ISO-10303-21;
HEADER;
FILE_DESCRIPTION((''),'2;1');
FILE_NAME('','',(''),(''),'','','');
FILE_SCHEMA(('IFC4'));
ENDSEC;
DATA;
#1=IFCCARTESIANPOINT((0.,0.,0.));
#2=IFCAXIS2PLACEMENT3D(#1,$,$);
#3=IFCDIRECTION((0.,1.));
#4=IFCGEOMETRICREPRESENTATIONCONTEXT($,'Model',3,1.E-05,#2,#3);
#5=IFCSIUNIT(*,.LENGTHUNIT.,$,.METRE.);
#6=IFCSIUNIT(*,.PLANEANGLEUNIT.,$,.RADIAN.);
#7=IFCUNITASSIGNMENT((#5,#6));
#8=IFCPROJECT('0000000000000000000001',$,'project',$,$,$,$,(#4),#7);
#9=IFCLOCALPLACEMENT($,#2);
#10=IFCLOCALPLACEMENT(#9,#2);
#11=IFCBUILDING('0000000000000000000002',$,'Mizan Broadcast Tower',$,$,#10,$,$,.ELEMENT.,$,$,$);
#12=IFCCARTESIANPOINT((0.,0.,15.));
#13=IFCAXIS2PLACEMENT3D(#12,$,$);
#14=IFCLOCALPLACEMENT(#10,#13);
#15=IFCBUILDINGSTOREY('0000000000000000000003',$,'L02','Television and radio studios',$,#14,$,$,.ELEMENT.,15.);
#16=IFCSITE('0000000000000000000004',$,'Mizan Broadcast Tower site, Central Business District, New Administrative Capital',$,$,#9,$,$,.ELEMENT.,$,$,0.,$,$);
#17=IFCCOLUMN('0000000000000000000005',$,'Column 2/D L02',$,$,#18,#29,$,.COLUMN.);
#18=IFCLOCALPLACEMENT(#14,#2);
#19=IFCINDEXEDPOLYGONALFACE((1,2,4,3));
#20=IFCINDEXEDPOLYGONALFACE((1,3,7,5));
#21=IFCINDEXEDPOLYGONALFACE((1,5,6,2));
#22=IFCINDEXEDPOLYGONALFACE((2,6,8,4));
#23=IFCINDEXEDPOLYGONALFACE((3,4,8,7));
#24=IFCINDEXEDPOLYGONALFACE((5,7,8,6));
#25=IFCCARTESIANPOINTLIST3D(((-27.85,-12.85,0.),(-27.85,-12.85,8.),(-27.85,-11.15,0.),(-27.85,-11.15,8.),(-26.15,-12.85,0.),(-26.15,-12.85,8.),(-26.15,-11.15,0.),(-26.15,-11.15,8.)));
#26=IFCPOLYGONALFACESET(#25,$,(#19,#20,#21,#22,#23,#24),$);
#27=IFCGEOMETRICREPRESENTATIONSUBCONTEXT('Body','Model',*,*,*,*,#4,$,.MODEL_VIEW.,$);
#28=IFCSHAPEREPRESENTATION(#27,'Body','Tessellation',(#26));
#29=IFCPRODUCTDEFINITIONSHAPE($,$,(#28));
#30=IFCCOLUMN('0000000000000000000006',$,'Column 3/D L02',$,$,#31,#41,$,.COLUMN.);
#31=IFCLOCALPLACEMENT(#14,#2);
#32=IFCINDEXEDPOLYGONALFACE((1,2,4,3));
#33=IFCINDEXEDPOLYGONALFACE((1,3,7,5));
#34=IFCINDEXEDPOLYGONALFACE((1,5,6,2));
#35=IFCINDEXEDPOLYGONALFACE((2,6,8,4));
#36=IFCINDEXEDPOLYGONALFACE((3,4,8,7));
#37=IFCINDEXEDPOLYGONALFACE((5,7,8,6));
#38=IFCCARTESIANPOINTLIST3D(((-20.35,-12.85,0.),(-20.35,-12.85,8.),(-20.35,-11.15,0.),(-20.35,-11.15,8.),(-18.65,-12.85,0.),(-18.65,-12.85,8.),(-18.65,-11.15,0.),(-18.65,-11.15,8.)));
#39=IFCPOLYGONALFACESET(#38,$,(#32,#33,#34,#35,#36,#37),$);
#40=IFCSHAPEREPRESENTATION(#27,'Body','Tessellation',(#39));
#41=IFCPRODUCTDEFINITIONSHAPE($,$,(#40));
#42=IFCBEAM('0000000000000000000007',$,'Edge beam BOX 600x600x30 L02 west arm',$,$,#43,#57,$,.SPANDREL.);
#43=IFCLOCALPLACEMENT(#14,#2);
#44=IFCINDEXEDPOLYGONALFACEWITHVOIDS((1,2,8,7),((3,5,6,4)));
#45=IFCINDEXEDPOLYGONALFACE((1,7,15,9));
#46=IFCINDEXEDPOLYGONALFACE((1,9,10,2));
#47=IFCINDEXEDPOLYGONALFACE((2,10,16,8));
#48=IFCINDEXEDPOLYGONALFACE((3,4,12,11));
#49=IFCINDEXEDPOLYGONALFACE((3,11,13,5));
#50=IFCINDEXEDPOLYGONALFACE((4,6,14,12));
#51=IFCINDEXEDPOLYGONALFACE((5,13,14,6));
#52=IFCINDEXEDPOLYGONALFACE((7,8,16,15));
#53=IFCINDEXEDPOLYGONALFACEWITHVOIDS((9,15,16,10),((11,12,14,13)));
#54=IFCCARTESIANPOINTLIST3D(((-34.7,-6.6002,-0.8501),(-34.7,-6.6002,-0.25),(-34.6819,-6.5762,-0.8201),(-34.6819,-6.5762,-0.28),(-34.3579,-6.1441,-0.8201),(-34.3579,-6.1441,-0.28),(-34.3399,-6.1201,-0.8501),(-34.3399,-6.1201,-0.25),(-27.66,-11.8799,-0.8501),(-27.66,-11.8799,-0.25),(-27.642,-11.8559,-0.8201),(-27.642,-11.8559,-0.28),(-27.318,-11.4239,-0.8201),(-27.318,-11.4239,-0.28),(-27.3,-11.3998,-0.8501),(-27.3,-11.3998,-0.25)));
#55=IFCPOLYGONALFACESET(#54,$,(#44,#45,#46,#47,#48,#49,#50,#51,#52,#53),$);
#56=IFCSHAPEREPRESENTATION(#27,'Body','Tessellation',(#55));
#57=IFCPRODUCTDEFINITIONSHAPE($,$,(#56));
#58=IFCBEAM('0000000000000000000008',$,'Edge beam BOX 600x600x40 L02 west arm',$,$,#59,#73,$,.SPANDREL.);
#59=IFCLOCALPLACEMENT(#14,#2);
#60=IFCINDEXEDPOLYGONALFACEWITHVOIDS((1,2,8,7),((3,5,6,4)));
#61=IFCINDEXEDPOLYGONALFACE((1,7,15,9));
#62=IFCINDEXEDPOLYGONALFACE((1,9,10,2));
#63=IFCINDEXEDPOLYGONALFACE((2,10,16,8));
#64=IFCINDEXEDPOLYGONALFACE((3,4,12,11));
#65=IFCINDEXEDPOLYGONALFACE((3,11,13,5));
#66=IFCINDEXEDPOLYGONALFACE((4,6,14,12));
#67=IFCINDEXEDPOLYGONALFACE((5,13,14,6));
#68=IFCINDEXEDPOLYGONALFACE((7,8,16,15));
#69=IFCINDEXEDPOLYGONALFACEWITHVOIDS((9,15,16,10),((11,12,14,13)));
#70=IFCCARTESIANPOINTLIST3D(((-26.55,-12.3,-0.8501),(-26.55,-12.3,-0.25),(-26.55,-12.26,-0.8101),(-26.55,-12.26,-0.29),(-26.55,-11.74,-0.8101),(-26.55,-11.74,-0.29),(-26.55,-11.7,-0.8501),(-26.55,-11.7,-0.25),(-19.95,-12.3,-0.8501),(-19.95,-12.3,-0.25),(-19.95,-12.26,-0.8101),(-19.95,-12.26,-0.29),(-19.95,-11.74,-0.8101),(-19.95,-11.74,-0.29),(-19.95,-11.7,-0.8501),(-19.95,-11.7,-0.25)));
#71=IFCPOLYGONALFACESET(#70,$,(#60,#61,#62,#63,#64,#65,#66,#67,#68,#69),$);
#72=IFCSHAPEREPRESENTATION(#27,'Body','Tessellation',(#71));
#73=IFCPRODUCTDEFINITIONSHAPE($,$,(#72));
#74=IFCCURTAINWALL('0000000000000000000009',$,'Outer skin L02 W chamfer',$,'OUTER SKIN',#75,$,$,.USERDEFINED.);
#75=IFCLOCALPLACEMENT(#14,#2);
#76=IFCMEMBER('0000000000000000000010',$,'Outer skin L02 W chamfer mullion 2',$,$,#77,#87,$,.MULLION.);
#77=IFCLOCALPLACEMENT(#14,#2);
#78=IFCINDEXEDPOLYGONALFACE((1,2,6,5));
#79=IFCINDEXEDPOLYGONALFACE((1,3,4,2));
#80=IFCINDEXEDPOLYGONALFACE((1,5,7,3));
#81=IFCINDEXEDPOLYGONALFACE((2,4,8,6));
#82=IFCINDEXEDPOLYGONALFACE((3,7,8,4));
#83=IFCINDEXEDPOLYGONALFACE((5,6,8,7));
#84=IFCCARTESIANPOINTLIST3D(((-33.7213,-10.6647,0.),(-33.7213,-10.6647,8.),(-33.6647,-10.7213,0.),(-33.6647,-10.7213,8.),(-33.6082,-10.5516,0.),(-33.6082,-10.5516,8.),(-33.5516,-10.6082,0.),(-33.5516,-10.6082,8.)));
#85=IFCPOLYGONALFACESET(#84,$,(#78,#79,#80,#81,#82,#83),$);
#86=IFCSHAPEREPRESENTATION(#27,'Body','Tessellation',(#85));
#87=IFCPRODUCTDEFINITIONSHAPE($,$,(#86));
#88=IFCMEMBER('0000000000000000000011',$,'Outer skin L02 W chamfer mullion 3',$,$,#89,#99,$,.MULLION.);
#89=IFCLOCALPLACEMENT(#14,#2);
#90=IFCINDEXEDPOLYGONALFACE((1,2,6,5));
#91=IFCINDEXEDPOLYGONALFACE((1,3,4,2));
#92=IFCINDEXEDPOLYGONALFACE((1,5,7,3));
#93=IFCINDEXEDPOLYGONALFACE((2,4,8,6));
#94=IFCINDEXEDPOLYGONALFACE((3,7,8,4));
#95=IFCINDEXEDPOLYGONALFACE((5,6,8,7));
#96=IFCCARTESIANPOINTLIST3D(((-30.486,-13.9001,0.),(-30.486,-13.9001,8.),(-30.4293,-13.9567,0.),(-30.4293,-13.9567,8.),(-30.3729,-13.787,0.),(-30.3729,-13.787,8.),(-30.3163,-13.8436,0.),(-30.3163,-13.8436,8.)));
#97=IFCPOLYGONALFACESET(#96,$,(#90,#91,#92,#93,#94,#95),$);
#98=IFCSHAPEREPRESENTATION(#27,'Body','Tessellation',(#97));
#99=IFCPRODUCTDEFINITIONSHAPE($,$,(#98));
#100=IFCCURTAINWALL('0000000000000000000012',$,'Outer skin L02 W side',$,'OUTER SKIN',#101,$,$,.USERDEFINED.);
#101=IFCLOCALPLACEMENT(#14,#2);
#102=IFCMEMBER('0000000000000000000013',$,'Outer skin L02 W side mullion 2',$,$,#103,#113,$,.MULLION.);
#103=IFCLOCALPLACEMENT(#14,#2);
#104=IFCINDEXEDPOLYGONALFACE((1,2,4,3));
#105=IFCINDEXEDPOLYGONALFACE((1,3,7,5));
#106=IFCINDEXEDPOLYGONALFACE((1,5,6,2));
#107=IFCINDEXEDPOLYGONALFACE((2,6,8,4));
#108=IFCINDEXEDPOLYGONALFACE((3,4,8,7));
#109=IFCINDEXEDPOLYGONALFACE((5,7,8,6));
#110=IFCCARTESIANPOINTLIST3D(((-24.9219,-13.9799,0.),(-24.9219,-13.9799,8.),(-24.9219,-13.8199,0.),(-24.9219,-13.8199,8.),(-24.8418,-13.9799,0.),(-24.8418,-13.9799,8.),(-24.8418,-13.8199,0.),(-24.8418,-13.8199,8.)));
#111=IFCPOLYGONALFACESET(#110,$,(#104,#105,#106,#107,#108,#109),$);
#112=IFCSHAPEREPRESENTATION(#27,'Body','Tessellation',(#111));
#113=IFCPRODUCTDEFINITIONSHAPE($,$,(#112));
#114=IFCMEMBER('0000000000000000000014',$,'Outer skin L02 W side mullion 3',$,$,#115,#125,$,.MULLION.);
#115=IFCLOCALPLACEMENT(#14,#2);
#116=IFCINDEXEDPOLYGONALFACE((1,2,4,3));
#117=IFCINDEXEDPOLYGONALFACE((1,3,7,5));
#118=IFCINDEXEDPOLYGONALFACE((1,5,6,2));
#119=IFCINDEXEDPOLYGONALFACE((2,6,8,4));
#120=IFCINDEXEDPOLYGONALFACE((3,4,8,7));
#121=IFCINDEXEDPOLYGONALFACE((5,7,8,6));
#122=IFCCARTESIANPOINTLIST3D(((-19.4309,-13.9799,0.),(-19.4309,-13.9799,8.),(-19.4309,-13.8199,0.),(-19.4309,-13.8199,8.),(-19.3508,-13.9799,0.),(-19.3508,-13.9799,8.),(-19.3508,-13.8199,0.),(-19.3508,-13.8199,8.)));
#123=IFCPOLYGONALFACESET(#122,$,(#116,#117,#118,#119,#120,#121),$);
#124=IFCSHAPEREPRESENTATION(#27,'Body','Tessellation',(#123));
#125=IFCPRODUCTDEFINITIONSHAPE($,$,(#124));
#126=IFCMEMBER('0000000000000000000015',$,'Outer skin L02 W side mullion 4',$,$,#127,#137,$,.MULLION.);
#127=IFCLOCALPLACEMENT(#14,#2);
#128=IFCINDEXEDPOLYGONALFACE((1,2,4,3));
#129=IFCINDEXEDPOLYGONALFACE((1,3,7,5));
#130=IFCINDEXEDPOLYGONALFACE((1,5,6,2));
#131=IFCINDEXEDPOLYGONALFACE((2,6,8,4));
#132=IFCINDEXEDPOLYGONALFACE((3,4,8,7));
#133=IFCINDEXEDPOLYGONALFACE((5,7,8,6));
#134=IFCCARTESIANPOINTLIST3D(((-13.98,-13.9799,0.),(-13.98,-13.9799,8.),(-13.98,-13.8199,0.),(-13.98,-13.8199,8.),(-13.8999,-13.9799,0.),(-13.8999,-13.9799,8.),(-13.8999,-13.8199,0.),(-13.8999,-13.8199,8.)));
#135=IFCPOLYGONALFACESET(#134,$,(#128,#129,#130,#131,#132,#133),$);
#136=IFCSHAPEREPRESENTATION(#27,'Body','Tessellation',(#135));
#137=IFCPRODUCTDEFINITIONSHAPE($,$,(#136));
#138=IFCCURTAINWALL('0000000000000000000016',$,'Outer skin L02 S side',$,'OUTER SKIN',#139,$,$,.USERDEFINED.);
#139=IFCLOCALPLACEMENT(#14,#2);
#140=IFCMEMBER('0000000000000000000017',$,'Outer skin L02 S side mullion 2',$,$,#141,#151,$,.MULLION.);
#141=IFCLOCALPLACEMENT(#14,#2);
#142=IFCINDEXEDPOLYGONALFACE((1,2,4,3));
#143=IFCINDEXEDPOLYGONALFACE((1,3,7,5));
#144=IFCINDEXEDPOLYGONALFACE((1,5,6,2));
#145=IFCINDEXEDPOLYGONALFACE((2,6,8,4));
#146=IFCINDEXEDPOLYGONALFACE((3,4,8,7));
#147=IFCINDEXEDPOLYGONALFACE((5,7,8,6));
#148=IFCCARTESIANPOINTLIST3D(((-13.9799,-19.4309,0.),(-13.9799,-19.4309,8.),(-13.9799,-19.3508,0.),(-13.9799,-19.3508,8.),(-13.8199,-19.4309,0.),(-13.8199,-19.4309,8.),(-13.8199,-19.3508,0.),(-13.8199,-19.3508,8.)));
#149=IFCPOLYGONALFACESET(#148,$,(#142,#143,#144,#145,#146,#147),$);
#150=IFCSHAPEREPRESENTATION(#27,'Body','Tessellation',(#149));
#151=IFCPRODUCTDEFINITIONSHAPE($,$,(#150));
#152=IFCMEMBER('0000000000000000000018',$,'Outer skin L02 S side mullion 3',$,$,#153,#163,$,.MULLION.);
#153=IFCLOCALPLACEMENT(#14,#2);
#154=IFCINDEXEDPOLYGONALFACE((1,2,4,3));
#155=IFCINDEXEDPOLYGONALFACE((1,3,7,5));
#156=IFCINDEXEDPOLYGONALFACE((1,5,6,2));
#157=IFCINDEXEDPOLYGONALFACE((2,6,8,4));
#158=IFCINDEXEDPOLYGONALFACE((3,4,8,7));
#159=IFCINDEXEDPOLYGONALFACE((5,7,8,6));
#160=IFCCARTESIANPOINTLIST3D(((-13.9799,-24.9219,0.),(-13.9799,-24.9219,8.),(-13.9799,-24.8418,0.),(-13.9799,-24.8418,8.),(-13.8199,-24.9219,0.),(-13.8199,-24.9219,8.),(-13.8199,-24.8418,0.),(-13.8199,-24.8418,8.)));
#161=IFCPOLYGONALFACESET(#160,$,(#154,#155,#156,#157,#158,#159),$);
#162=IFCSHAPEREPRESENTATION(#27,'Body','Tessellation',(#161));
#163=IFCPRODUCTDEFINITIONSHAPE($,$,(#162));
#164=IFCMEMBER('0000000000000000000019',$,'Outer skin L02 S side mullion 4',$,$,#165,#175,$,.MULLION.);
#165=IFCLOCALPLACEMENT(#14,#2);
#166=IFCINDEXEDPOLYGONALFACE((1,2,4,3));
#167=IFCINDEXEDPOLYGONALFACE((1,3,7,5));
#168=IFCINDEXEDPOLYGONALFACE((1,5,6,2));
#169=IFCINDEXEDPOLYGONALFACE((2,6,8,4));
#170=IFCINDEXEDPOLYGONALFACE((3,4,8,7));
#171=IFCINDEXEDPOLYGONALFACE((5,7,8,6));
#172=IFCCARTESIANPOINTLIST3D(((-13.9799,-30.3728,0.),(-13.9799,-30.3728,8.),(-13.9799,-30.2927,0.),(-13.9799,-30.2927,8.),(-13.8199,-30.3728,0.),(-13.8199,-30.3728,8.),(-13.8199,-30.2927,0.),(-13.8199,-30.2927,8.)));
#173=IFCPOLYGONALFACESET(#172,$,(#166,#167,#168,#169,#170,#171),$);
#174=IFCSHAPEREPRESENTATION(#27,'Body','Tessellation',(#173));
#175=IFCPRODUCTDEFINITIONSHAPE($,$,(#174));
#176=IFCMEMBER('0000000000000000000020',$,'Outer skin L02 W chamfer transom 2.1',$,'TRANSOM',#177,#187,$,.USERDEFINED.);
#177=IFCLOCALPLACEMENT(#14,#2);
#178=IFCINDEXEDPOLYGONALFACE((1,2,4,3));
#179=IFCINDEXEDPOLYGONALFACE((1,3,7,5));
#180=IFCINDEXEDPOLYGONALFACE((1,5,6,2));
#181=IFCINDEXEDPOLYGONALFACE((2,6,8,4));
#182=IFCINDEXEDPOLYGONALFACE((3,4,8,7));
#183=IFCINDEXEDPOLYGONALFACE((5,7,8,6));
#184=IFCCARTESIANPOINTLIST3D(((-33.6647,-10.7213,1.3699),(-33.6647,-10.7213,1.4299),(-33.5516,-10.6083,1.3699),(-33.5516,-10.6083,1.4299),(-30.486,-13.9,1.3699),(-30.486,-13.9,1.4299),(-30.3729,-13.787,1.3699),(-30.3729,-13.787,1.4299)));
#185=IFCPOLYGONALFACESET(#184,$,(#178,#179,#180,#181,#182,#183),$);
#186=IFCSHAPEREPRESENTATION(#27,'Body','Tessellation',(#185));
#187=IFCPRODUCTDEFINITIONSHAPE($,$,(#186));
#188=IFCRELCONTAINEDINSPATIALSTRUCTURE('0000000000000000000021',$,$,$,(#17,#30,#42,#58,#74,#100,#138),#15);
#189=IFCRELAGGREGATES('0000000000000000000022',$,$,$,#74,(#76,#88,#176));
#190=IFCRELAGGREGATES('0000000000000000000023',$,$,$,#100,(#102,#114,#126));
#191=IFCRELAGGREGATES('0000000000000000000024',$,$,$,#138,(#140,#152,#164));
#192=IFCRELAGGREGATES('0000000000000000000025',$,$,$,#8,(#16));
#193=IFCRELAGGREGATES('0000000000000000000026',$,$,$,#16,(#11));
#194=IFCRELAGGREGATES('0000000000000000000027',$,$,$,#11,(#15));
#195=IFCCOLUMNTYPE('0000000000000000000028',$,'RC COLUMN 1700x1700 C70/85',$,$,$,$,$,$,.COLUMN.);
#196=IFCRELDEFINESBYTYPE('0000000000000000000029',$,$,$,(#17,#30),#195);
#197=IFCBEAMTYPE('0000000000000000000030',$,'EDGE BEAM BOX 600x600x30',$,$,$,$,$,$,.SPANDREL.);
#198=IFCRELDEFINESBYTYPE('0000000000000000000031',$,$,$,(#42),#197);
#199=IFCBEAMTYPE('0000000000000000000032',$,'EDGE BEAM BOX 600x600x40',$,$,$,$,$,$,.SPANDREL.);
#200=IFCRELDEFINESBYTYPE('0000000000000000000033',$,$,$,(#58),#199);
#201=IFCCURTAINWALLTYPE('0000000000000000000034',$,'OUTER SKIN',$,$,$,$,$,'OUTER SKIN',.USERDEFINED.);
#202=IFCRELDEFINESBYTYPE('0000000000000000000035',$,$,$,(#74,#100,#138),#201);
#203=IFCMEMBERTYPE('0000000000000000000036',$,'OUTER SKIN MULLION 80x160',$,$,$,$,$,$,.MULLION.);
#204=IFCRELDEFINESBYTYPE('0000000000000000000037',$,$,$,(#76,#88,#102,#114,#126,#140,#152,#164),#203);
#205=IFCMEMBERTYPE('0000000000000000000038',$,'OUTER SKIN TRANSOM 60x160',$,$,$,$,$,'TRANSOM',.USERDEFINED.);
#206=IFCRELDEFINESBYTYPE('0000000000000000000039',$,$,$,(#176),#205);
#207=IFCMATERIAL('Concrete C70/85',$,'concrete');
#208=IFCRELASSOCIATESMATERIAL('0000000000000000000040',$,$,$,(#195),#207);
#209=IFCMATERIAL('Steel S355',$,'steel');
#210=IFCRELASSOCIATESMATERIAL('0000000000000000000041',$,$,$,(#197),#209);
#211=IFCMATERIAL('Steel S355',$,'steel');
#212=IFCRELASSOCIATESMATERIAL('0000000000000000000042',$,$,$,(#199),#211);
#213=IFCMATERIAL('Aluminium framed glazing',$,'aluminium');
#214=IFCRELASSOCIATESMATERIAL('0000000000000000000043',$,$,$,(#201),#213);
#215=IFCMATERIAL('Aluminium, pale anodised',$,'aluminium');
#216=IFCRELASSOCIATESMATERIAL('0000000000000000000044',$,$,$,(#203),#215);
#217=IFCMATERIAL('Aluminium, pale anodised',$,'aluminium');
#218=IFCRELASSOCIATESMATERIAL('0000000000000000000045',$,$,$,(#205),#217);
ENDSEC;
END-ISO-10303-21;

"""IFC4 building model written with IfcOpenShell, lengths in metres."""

from ifc_helpers import new_model, si_unit, direction, frame, origin, origin_2d, place, context, subcontext, project, spatial, rectangle, hollow_rectangle, extrude, material, material_profile, profile_set, type_object, element, aggregate, save


model = new_model("IFC4")

# Units and contexts
model_context = context("Model", 3, precision=1e-05, world=origin(), true_north=direction((0.0, 1.0)))
body_context = subcontext(model_context, "Body", "Model", "MODEL_VIEW")
ifc_project = project(units=[si_unit("LENGTHUNIT", "METRE"), si_unit("PLANEANGLEUNIT", "RADIAN")], contexts=[model_context])

# Site, building, storey
site_placement = place(None, origin())
site = spatial("IfcSite", under=ifc_project, at=site_placement, Name="Mizan Broadcast Tower site, Central Business District, New Administrative Capital", CompositionType="ELEMENT", RefElevation=0.0)
building_placement = place(site_placement, origin())
building = spatial("IfcBuilding", under=site, at=building_placement, Name="Mizan Broadcast Tower", CompositionType="ELEMENT")
storey_placement = place(building_placement, frame((0.0, 0.0, 15.0)))
storey = spatial("IfcBuildingStorey", under=building, at=storey_placement, Name="L02", Description="Television and radio studios", CompositionType="ELEMENT", Elevation=15.0)

# Columns
ifc_material_1 = material(Name="Concrete C70/85", Category="concrete")
ifc_material_profile_1 = material_profile(ifc_material_1, rectangle(XDim=1.7, YDim=1.7, at=origin_2d()), Name="RC 1700x1700")
ifc_profile_set_1 = profile_set([ifc_material_profile_1], Name="Concrete C70/85")
column_type = type_object("IfcColumnType", Name="RC COLUMN 1700x1700 C70/85", PredefinedType="COLUMN", material=ifc_profile_set_1)
for number, where, z_axis, x_axis, name in (
    (1, (-27.0, -12.0, 0.0), (0.0, 0.0, 1.0), (1.0, 0.0, 0.0), "Column 2/D L02"),
    (2, (-19.5, -12.0, 0.0), (0.0, 0.0, 1.0), (1.0, 0.0, 0.0), "Column 3/D L02"),
):
    element("IfcColumn", number, at=place(storey_placement, frame(where, z_axis=z_axis, x_axis=x_axis)), inside=storey, type_object=column_type, Name=name, PredefinedType="COLUMN", context=body_context, shape_type="SweptSolid", body=[
        extrude(rectangle(XDim=1.7, YDim=1.7, at=origin_2d()), origin(), (0.0, 0.0, 1.0), 8.0),
    ])

# Beams
ifc_material_2 = material(Name="Steel S355", Category="steel")
ifc_material_profile_2 = material_profile(ifc_material_2, hollow_rectangle(XDim=0.6001, YDim=0.6001, WallThickness=0.03, at=origin_2d()), Name="BOX 600x600x30")
ifc_profile_set_2 = profile_set([ifc_material_profile_2], Name="Steel S355")
beam_type_1 = type_object("IfcBeamType", Name="EDGE BEAM BOX 600x600x30", PredefinedType="SPANDREL", material=ifc_profile_set_2)
beam_1_placement = place(storey_placement, frame((-27.48, -11.6399, -0.55), z_axis=(-0.800013, 0.599982, 0.0), x_axis=(-0.599982, -0.800013, 0.0)))
element("IfcBeam", 3, at=beam_1_placement, inside=storey, type_object=beam_type_1, Name="Edge beam BOX 600x600x30 L02 west arm", PredefinedType="SPANDREL", context=body_context, shape_type="SweptSolid", body=[
    extrude(hollow_rectangle(XDim=0.6001, YDim=0.6001, WallThickness=0.03, at=origin_2d()), origin(), (0.0, 0.0, 1.0), 8.7998),
])
ifc_material_3 = material(Name="Steel S355", Category="steel")
ifc_material_profile_3 = material_profile(ifc_material_3, hollow_rectangle(XDim=0.6001, YDim=0.6001, WallThickness=0.04, at=origin_2d()), Name="BOX 600x600x40")
ifc_profile_set_3 = profile_set([ifc_material_profile_3], Name="Steel S355")
beam_type_2 = type_object("IfcBeamType", Name="EDGE BEAM BOX 600x600x40", PredefinedType="SPANDREL", material=ifc_profile_set_3)
beam_2_placement = place(storey_placement, frame((-19.95, -12.0, -0.55), z_axis=(-1.0, 0.0, 0.0), x_axis=(0.0, -1.0, 0.0)))
element("IfcBeam", 4, at=beam_2_placement, inside=storey, type_object=beam_type_2, Name="Edge beam BOX 600x600x40 L02 west arm", PredefinedType="SPANDREL", context=body_context, shape_type="SweptSolid", body=[
    extrude(hollow_rectangle(XDim=0.6001, YDim=0.6001, WallThickness=0.04, at=origin_2d()), origin(), (0.0, 0.0, 1.0), 6.6001),
])

# Curtain walls, members
ifc_material_4 = material(Name="Aluminium framed glazing", Category="aluminium")
curtain_wall_type = type_object("IfcCurtainWallType", Name="OUTER SKIN", ElementType="OUTER SKIN", PredefinedType="USERDEFINED", material=ifc_material_4)
curtain_wall_1_placement = place(storey_placement, origin())
curtain_wall_1 = element("IfcCurtainWall", 5, at=curtain_wall_1_placement, inside=storey, type_object=curtain_wall_type, Name="Outer skin L02 W chamfer", ObjectType="OUTER SKIN", PredefinedType="USERDEFINED")
ifc_material_5 = material(Name="Aluminium, pale anodised", Category="aluminium")
ifc_material_profile_4 = material_profile(ifc_material_5, rectangle(XDim=0.1599, YDim=0.0801, at=origin_2d()), Name="MULLION 160x80")
ifc_profile_set_4 = profile_set([ifc_material_profile_4], Name="Aluminium, pale anodised")
member_type_1 = type_object("IfcMemberType", Name="OUTER SKIN MULLION 80x160", PredefinedType="MULLION", material=ifc_profile_set_4)
member_1_placement = place(storey_placement, frame((-33.6365, -10.6365, 0.0), z_axis=(0.0, 0.0, 1.0), x_axis=(0.707107, 0.707107, 0.0)))
member_1 = element("IfcMember", 6, at=member_1_placement, type_object=member_type_1, Name="Outer skin L02 W chamfer mullion 2", PredefinedType="MULLION", context=body_context, shape_type="SweptSolid", body=[
    extrude(rectangle(XDim=0.1599, YDim=0.0801, at=origin_2d()), origin(), (0.0, 0.0, 1.0), 8.0),
])
member_2_placement = place(storey_placement, frame((-30.4011, -13.8718, 0.0), z_axis=(0.0, 0.0, 1.0), x_axis=(0.707107, 0.707107, 0.0)))
member_2 = element("IfcMember", 7, at=member_2_placement, type_object=member_type_1, Name="Outer skin L02 W chamfer mullion 3", PredefinedType="MULLION", context=body_context, shape_type="SweptSolid", body=[
    extrude(rectangle(XDim=0.1599, YDim=0.0801, at=origin_2d()), origin(), (0.0, 0.0, 1.0), 8.0),
])
curtain_wall_2_placement = place(storey_placement, origin())
curtain_wall_2 = element("IfcCurtainWall", 8, at=curtain_wall_2_placement, inside=storey, type_object=curtain_wall_type, Name="Outer skin L02 W side", ObjectType="OUTER SKIN", PredefinedType="USERDEFINED")
member_3_placement = place(storey_placement, frame((-24.8818, -13.8999, 0.0), z_axis=(0.0, 0.0, 1.0), x_axis=(0.0, 1.0, 0.0)))
member_3 = element("IfcMember", 9, at=member_3_placement, type_object=member_type_1, Name="Outer skin L02 W side mullion 2", PredefinedType="MULLION", context=body_context, shape_type="SweptSolid", body=[
    extrude(rectangle(XDim=0.1599, YDim=0.0801, at=origin_2d()), origin(), (0.0, 0.0, 1.0), 8.0),
])
member_4_placement = place(storey_placement, frame((-19.3909, -13.8999, 0.0), z_axis=(0.0, 0.0, 1.0), x_axis=(0.0, 1.0, 0.0)))
member_4 = element("IfcMember", 10, at=member_4_placement, type_object=member_type_1, Name="Outer skin L02 W side mullion 3", PredefinedType="MULLION", context=body_context, shape_type="SweptSolid", body=[
    extrude(rectangle(XDim=0.1599, YDim=0.0801, at=origin_2d()), origin(), (0.0, 0.0, 1.0), 8.0),
])
member_5_placement = place(storey_placement, frame((-13.9399, -13.8999, 0.0), z_axis=(0.0, 0.0, 1.0), x_axis=(0.0, 1.0, 0.0)))
member_5 = element("IfcMember", 11, at=member_5_placement, type_object=member_type_1, Name="Outer skin L02 W side mullion 4", PredefinedType="MULLION", context=body_context, shape_type="SweptSolid", body=[
    extrude(rectangle(XDim=0.1599, YDim=0.0801, at=origin_2d()), origin(), (0.0, 0.0, 1.0), 8.0),
])
curtain_wall_3_placement = place(storey_placement, origin())
curtain_wall_3 = element("IfcCurtainWall", 12, at=curtain_wall_3_placement, inside=storey, type_object=curtain_wall_type, Name="Outer skin L02 S side", ObjectType="OUTER SKIN", PredefinedType="USERDEFINED")
member_6_placement = place(storey_placement, frame((-13.8999, -19.3909, 0.0), z_axis=(0.0, 0.0, 1.0), x_axis=(1.0, 0.0, 0.0)))
member_6 = element("IfcMember", 13, at=member_6_placement, type_object=member_type_1, Name="Outer skin L02 S side mullion 2", PredefinedType="MULLION", context=body_context, shape_type="SweptSolid", body=[
    extrude(rectangle(XDim=0.1599, YDim=0.0801, at=origin_2d()), origin(), (0.0, 0.0, 1.0), 8.0),
])
member_7_placement = place(storey_placement, frame((-13.8999, -24.8818, 0.0), z_axis=(0.0, 0.0, 1.0), x_axis=(1.0, 0.0, 0.0)))
member_7 = element("IfcMember", 14, at=member_7_placement, type_object=member_type_1, Name="Outer skin L02 S side mullion 3", PredefinedType="MULLION", context=body_context, shape_type="SweptSolid", body=[
    extrude(rectangle(XDim=0.1599, YDim=0.0801, at=origin_2d()), origin(), (0.0, 0.0, 1.0), 8.0),
])
member_8_placement = place(storey_placement, frame((-13.8999, -30.3328, 0.0), z_axis=(0.0, 0.0, 1.0), x_axis=(1.0, 0.0, 0.0)))
member_8 = element("IfcMember", 15, at=member_8_placement, type_object=member_type_1, Name="Outer skin L02 S side mullion 4", PredefinedType="MULLION", context=body_context, shape_type="SweptSolid", body=[
    extrude(rectangle(XDim=0.1599, YDim=0.0801, at=origin_2d()), origin(), (0.0, 0.0, 1.0), 8.0),
])

# Member
ifc_material_6 = material(Name="Aluminium, pale anodised", Category="aluminium")
ifc_material_profile_5 = material_profile(ifc_material_6, rectangle(XDim=0.1599, YDim=0.0601, at=origin_2d()), Name="TRANSOM 160x60")
ifc_profile_set_5 = profile_set([ifc_material_profile_5], Name="Aluminium, pale anodised")
member_type_2 = type_object("IfcMemberType", Name="OUTER SKIN TRANSOM 60x160", ElementType="TRANSOM", PredefinedType="USERDEFINED", material=ifc_profile_set_5)
member_9_placement = place(storey_placement, frame((-33.6082, -10.6648, 1.3999), z_axis=(0.707107, -0.707107, 0.0), x_axis=(0.707107, 0.707107, 0.0)))
member_9 = element("IfcMember", 16, at=member_9_placement, type_object=member_type_2, Name="Outer skin L02 W chamfer transom 2.1", ObjectType="TRANSOM", PredefinedType="USERDEFINED", context=body_context, shape_type="SweptSolid", body=[
    extrude(rectangle(XDim=0.1599, YDim=0.0601, at=origin_2d()), origin(), (0.0, 0.0, 1.0), 4.4954),
])

aggregate(curtain_wall_1, [member_1, member_2, member_9])
aggregate(curtain_wall_2, [member_3, member_4, member_5])
aggregate(curtain_wall_3, [member_6, member_7, member_8])

save(model, "model.ifc")
